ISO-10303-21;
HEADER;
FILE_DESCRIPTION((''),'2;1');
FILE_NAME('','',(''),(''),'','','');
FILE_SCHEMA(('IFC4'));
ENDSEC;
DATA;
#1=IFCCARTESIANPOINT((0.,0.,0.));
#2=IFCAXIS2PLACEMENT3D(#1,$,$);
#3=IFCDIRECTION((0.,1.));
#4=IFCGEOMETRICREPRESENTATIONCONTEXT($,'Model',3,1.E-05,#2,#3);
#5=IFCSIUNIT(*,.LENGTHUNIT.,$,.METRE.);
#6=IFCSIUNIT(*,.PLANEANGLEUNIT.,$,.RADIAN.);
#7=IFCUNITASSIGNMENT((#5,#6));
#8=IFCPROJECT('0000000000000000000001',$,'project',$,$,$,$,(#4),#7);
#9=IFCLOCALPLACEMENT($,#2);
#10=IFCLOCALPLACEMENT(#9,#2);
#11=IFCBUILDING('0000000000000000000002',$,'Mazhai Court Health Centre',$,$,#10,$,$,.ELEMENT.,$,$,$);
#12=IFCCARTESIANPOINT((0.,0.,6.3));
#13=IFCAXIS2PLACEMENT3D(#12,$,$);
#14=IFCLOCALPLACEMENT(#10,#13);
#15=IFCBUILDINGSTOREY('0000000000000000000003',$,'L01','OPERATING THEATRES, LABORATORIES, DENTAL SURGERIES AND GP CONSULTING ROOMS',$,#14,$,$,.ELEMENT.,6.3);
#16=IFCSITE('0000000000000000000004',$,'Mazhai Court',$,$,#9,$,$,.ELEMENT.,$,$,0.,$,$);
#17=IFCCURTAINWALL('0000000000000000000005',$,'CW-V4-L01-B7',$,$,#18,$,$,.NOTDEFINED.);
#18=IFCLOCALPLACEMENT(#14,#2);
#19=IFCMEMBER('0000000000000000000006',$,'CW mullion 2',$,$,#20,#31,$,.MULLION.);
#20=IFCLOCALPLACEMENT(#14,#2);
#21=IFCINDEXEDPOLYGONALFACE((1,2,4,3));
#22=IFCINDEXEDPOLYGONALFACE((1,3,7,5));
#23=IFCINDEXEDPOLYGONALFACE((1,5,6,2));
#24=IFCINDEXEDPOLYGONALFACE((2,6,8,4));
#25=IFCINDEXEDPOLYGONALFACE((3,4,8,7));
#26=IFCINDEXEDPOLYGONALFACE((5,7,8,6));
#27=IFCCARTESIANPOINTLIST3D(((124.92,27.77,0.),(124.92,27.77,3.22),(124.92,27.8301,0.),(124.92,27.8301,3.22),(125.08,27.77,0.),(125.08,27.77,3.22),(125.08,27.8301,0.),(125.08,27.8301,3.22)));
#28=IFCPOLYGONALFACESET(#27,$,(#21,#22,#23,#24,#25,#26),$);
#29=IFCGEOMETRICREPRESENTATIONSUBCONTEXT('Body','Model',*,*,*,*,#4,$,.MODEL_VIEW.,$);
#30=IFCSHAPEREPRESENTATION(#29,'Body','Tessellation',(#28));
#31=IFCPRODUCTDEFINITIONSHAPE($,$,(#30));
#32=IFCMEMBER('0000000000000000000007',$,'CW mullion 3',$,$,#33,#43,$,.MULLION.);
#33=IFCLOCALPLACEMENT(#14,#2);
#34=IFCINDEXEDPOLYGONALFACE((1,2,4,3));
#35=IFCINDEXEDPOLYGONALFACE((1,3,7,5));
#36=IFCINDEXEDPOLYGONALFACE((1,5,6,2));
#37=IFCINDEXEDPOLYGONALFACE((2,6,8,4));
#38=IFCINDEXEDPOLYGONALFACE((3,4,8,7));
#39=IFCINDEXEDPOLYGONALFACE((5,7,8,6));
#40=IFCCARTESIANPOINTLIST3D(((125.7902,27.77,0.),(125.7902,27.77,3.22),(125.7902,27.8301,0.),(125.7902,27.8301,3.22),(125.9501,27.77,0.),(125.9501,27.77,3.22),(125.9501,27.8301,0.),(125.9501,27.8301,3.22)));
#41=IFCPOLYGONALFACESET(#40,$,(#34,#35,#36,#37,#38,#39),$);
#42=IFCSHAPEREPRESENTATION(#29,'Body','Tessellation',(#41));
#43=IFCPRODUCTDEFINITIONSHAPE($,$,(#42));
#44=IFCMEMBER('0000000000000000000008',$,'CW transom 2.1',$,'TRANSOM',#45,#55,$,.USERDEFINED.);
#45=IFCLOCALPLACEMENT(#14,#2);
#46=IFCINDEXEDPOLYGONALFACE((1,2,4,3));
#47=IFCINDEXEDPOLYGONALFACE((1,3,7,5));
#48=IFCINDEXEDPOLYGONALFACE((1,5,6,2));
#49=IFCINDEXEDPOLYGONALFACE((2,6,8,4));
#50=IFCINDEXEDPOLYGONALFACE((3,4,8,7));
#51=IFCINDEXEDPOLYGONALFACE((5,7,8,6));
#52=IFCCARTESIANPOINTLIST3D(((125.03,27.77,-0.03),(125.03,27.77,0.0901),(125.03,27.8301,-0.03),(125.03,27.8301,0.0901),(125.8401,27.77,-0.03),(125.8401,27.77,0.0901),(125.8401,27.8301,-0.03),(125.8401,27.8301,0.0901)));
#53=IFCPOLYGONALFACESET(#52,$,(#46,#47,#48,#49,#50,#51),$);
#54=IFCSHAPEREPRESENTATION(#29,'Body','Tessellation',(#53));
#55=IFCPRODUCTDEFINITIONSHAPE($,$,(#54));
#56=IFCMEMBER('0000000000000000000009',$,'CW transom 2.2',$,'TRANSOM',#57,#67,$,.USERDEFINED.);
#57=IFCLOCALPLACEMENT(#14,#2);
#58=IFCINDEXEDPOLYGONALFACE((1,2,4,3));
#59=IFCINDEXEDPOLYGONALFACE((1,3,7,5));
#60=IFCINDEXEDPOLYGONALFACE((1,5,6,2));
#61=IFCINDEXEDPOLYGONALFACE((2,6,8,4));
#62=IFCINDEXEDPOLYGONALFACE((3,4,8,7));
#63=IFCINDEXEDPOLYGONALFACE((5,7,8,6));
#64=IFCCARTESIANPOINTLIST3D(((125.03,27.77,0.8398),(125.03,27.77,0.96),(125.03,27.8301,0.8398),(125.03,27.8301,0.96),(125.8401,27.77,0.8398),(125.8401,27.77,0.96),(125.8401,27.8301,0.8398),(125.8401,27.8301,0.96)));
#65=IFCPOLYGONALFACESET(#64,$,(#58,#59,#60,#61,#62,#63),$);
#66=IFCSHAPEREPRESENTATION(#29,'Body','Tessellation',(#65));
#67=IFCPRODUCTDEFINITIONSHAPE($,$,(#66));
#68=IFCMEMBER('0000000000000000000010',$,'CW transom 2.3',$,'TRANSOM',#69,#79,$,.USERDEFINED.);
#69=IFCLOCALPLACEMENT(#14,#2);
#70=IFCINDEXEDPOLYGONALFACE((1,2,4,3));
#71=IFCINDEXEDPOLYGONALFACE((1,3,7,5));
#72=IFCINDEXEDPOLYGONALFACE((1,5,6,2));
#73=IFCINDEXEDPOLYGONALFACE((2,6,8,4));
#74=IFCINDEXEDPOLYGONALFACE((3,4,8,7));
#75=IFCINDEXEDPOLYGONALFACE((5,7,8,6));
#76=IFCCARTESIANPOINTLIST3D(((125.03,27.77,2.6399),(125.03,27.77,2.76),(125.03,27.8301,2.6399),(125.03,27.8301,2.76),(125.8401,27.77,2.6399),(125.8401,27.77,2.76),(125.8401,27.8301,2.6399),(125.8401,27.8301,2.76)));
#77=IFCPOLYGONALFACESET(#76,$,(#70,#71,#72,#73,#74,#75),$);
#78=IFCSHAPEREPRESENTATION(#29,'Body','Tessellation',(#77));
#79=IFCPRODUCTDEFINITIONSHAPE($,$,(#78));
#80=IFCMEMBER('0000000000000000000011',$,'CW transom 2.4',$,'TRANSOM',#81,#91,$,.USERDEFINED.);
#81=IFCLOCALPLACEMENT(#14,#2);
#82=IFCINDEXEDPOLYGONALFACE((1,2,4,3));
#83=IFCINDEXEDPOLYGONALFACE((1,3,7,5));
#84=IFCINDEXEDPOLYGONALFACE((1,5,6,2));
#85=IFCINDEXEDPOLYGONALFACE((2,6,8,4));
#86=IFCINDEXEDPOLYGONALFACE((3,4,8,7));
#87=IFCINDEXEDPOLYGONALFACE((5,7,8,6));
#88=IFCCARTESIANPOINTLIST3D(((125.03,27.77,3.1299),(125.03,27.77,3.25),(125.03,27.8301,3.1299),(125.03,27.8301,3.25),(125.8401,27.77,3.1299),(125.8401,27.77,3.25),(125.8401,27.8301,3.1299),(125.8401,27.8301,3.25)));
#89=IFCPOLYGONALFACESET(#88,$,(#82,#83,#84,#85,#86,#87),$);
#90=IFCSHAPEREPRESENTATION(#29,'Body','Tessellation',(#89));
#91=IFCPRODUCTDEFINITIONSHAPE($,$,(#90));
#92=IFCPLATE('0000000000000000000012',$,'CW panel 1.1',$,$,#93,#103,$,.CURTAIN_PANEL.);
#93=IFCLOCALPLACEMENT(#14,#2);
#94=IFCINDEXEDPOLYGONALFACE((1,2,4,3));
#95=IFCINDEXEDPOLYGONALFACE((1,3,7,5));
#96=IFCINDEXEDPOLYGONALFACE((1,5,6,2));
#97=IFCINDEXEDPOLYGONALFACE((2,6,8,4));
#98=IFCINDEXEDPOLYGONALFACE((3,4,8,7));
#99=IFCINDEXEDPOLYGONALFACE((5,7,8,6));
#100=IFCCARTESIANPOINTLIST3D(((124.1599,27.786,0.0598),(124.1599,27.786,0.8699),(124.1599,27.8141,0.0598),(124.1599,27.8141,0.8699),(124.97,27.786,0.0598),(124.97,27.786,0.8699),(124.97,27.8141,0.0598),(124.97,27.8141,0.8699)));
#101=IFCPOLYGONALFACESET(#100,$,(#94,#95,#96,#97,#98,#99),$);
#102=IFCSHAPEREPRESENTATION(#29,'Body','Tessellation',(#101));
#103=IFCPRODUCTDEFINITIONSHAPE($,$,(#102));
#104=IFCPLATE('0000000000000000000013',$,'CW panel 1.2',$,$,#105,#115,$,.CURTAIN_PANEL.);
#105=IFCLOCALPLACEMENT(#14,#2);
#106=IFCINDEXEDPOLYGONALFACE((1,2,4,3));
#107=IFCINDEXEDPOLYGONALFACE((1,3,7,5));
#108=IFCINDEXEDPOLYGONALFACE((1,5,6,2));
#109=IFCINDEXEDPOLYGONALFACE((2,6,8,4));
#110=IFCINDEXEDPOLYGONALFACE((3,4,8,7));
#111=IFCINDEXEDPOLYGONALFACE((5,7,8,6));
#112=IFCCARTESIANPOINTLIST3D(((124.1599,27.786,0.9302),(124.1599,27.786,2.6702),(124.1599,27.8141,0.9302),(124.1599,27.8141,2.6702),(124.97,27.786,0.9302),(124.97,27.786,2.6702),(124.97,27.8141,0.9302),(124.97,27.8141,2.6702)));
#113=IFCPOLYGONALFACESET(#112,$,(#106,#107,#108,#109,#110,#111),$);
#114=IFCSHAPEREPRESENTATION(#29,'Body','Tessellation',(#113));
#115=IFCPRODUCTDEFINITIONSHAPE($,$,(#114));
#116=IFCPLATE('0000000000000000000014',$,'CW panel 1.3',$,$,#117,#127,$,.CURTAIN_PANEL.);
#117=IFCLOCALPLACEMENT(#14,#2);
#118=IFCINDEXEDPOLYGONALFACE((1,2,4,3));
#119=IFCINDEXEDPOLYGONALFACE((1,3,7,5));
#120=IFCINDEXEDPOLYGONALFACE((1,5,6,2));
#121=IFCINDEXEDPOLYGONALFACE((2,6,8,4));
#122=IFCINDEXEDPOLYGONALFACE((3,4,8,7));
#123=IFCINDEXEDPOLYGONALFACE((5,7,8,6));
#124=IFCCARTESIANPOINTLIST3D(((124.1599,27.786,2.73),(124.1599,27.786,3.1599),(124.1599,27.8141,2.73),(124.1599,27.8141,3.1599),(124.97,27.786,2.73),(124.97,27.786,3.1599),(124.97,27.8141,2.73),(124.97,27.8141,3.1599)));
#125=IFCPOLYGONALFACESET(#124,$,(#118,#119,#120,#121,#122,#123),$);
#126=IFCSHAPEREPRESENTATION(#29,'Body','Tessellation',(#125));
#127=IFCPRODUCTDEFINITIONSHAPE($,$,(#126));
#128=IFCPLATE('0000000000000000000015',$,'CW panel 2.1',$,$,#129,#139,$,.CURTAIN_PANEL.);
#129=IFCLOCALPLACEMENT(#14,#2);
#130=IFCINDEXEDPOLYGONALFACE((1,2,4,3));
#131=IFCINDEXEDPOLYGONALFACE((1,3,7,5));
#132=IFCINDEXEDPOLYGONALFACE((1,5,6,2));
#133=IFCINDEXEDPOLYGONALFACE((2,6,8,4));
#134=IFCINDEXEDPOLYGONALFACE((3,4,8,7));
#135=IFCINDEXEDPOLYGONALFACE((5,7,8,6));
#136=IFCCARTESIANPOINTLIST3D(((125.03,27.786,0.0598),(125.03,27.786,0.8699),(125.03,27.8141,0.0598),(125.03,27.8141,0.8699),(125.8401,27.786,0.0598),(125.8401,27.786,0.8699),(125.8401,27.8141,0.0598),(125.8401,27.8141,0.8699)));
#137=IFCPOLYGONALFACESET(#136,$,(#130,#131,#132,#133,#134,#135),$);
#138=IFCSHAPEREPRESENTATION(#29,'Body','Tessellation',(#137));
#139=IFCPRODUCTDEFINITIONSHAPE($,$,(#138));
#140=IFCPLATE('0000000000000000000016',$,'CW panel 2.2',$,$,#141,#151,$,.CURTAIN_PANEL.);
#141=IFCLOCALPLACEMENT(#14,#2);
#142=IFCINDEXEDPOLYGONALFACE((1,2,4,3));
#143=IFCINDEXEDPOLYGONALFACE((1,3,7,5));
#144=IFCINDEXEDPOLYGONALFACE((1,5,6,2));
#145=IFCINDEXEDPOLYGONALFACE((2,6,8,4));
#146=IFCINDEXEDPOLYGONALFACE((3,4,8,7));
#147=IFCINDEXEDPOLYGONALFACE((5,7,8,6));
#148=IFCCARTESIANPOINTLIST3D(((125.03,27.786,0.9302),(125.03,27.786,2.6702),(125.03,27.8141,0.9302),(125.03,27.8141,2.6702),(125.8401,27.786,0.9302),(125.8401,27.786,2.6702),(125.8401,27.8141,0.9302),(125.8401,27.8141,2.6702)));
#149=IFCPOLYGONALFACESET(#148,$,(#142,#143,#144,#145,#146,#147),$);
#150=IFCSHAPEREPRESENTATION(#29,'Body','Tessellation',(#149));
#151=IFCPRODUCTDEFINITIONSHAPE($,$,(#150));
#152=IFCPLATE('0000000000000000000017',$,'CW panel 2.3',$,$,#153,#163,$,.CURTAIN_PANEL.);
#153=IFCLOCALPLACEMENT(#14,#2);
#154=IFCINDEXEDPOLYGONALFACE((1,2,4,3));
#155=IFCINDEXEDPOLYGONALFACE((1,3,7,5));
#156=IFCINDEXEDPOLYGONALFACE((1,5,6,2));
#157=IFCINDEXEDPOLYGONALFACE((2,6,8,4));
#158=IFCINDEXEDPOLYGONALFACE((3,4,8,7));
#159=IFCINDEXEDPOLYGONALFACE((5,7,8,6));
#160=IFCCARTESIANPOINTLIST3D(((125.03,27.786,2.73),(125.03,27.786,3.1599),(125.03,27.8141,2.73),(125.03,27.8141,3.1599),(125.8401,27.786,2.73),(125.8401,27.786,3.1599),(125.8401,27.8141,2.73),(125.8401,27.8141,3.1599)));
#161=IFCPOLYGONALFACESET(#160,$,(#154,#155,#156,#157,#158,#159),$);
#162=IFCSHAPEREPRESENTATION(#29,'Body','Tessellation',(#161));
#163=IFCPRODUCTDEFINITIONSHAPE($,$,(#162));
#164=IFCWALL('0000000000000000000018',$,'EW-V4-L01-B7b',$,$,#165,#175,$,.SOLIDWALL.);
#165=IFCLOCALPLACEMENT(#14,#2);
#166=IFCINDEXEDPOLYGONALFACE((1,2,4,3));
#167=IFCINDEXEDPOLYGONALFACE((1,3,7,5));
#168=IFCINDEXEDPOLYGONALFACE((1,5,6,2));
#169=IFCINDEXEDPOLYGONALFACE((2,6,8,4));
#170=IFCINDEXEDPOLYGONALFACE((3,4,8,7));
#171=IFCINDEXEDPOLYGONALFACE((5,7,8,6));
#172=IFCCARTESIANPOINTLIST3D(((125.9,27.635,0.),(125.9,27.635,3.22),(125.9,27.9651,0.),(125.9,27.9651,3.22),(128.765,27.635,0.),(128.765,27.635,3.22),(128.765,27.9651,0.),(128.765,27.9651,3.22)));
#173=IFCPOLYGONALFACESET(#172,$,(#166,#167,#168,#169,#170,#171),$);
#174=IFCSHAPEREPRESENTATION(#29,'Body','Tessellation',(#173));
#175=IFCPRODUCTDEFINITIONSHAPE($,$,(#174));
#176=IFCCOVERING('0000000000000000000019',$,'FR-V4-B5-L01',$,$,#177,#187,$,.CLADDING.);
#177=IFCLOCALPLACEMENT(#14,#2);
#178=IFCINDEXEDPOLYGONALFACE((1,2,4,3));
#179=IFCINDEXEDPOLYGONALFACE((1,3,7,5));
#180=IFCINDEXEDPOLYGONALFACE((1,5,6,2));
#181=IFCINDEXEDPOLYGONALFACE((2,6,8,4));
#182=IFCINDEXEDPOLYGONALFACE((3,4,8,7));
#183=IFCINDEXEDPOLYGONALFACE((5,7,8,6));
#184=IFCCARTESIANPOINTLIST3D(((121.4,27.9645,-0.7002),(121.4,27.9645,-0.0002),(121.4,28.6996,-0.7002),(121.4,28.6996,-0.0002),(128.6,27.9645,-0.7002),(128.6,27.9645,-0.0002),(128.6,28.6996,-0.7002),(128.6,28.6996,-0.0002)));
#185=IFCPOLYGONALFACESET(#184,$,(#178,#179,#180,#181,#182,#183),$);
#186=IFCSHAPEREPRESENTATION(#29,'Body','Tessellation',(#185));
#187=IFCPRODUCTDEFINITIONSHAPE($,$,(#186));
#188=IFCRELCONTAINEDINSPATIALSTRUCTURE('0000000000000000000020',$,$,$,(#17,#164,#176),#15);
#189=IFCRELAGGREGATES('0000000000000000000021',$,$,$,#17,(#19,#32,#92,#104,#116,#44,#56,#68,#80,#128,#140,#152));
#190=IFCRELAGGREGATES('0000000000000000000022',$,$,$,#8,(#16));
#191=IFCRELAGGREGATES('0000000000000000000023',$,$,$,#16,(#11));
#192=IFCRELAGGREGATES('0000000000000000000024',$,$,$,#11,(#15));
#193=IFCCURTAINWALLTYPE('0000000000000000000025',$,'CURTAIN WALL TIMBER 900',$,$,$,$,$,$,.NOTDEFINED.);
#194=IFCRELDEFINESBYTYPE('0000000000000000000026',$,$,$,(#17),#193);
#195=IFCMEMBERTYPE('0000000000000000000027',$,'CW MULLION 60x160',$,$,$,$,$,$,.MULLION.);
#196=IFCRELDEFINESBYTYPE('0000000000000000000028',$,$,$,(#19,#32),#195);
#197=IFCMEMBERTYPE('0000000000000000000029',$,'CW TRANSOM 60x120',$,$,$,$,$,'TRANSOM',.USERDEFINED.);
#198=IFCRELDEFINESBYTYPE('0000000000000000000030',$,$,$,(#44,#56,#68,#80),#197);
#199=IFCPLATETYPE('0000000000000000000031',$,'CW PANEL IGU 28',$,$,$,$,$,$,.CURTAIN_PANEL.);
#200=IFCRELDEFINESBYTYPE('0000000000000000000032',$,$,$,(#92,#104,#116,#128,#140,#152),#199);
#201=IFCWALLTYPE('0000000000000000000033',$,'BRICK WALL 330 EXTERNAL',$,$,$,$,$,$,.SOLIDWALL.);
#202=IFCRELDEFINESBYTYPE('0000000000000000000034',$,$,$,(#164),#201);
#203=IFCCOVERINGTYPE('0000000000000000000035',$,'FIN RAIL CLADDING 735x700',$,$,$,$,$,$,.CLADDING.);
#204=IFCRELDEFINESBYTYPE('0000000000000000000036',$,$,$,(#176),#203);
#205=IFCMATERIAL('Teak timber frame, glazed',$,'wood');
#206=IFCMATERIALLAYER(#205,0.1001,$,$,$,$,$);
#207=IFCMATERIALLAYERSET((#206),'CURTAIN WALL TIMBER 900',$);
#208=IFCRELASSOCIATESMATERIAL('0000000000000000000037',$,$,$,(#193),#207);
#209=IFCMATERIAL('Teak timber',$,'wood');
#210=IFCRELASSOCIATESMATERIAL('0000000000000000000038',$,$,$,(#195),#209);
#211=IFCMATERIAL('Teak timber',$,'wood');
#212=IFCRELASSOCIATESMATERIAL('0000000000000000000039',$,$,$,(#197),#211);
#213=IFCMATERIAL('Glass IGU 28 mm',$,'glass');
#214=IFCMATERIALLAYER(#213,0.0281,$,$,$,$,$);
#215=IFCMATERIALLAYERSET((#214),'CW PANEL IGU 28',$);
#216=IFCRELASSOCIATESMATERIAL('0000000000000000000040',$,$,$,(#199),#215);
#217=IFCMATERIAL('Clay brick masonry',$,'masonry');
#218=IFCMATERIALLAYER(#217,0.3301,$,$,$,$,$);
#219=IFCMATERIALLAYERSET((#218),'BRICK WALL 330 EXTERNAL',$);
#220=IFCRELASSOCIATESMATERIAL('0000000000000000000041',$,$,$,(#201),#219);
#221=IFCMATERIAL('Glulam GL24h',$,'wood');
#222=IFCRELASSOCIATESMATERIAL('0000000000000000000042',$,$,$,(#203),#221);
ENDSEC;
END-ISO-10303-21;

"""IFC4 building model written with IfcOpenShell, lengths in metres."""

from ifc_helpers import new_model, si_unit, direction, frame, frame_2d, origin, origin_2d, place, context, subcontext, project, spatial, rectangle, extrude, material, layer, layer_set, material_profile, profile_set, type_object, element, aggregate, save


model = new_model("IFC4")

# Units and contexts
model_context = context("Model", 3, precision=1e-05, world=origin(), true_north=direction((0.0, 1.0)))
body_context = subcontext(model_context, "Body", "Model", "MODEL_VIEW")
ifc_project = project(units=[si_unit("LENGTHUNIT", "METRE"), si_unit("PLANEANGLEUNIT", "RADIAN")], contexts=[model_context])

# Site, building, storey
site_placement = place(None, origin())
site = spatial("IfcSite", under=ifc_project, at=site_placement, Name="Mazhai Court", CompositionType="ELEMENT", RefElevation=0.0)
building_placement = place(site_placement, origin())
building = spatial("IfcBuilding", under=site, at=building_placement, Name="Mazhai Court Health Centre", CompositionType="ELEMENT")
storey_placement = place(building_placement, frame((0.0, 0.0, 6.3)))
storey = spatial("IfcBuildingStorey", under=building, at=storey_placement, Name="L01", Description="OPERATING THEATRES, LABORATORIES, DENTAL SURGERIES AND GP CONSULTING ROOMS", CompositionType="ELEMENT", Elevation=6.3)

# Curtain wall, members, plates
ifc_material_1 = material(Name="Teak timber frame, glazed", Category="wood")
ifc_layer_1 = layer(ifc_material_1, 0.1001)
ifc_layer_set_1 = layer_set([ifc_layer_1], Name="CURTAIN WALL TIMBER 900")
curtain_wall_type = type_object("IfcCurtainWallType", Name="CURTAIN WALL TIMBER 900", PredefinedType="NOTDEFINED", material=ifc_layer_set_1)
curtain_wall_placement = place(storey_placement, origin())
curtain_wall = element("IfcCurtainWall", 1, at=curtain_wall_placement, inside=storey, type_object=curtain_wall_type, Name="CW-V4-L01-B7", PredefinedType="NOTDEFINED")
ifc_material_2 = material(Name="Teak timber", Category="wood")
ifc_material_profile_1 = material_profile(ifc_material_2, rectangle(XDim=0.0601, YDim=0.1599, at=origin_2d()), Name="CW MULLION 60x160")
ifc_profile_set_1 = profile_set([ifc_material_profile_1], Name="Teak timber")
member_type_1 = type_object("IfcMemberType", Name="CW MULLION 60x160", PredefinedType="MULLION", material=ifc_profile_set_1)
member_1_placement = place(storey_placement, frame((125.0, 27.8, 0.0), z_axis=(0.0, 0.0, 1.0), x_axis=(0.0, 1.0, 0.0)))
member_1 = element("IfcMember", 2, at=member_1_placement, type_object=member_type_1, Name="CW mullion 2", PredefinedType="MULLION", context=body_context, shape_type="SweptSolid", body=[
    extrude(rectangle(XDim=0.0601, YDim=0.1599, at=origin_2d()), origin(), (0.0, 0.0, 1.0), 3.22),
])
member_2_placement = place(storey_placement, frame((125.8701, 27.8, 0.0), z_axis=(0.0, 0.0, 1.0), x_axis=(0.0, 1.0, 0.0)))
member_2 = element("IfcMember", 3, at=member_2_placement, type_object=member_type_1, Name="CW mullion 3", PredefinedType="MULLION", context=body_context, shape_type="SweptSolid", body=[
    extrude(rectangle(XDim=0.0601, YDim=0.1599, at=origin_2d()), origin(), (0.0, 0.0, 1.0), 3.22),
])
ifc_material_3 = material(Name="Teak timber", Category="wood")
ifc_material_profile_2 = material_profile(ifc_material_3, rectangle(XDim=0.0601, YDim=0.1201, at=origin_2d()), Name="CW TRANSOM 60x120")
ifc_profile_set_2 = profile_set([ifc_material_profile_2], Name="Teak timber")
member_type_2 = type_object("IfcMemberType", Name="CW TRANSOM 60x120", ElementType="TRANSOM", PredefinedType="USERDEFINED", material=ifc_profile_set_2)
member_3_placement = place(storey_placement, frame((125.03, 27.8, 0.03), z_axis=(1.0, 0.0, 0.0), x_axis=(0.0, 1.0, 0.0)))
member_3 = element("IfcMember", 4, at=member_3_placement, type_object=member_type_2, Name="CW transom 2.1", ObjectType="TRANSOM", PredefinedType="USERDEFINED", context=body_context, shape_type="SweptSolid", body=[
    extrude(rectangle(XDim=0.0601, YDim=0.1201, at=origin_2d()), origin(), (0.0, 0.0, 1.0), 0.8101),
])
member_4_placement = place(storey_placement, frame((125.03, 27.8, 0.8999), z_axis=(1.0, 0.0, 0.0), x_axis=(0.0, 1.0, 0.0)))
member_4 = element("IfcMember", 5, at=member_4_placement, type_object=member_type_2, Name="CW transom 2.2", ObjectType="TRANSOM", PredefinedType="USERDEFINED", context=body_context, shape_type="SweptSolid", body=[
    extrude(rectangle(XDim=0.0601, YDim=0.1201, at=origin_2d()), origin(), (0.0, 0.0, 1.0), 0.8101),
])
member_5_placement = place(storey_placement, frame((125.03, 27.8, 2.7), z_axis=(1.0, 0.0, 0.0), x_axis=(0.0, 1.0, 0.0)))
member_5 = element("IfcMember", 6, at=member_5_placement, type_object=member_type_2, Name="CW transom 2.3", ObjectType="TRANSOM", PredefinedType="USERDEFINED", context=body_context, shape_type="SweptSolid", body=[
    extrude(rectangle(XDim=0.0601, YDim=0.1201, at=origin_2d()), origin(), (0.0, 0.0, 1.0), 0.8101),
])
member_6_placement = place(storey_placement, frame((125.03, 27.8, 3.1899), z_axis=(1.0, 0.0, 0.0), x_axis=(0.0, 1.0, 0.0)))
member_6 = element("IfcMember", 7, at=member_6_placement, type_object=member_type_2, Name="CW transom 2.4", ObjectType="TRANSOM", PredefinedType="USERDEFINED", context=body_context, shape_type="SweptSolid", body=[
    extrude(rectangle(XDim=0.0601, YDim=0.1201, at=origin_2d()), origin(), (0.0, 0.0, 1.0), 0.8101),
])
ifc_material_4 = material(Name="Glass IGU 28 mm", Category="glass")
ifc_layer_2 = layer(ifc_material_4, 0.0281)
ifc_layer_set_2 = layer_set([ifc_layer_2], Name="CW PANEL IGU 28")
plate_type = type_object("IfcPlateType", Name="CW PANEL IGU 28", PredefinedType="CURTAIN_PANEL", material=ifc_layer_set_2)
plate_1_placement = place(storey_placement, frame((124.5649, 27.8, 0.0598), z_axis=(0.0, 0.0, 1.0), x_axis=(1.0, 0.0, 0.0)))
plate_1 = element("IfcPlate", 8, at=plate_1_placement, type_object=plate_type, Name="CW panel 1.1", PredefinedType="CURTAIN_PANEL", context=body_context, shape_type="SweptSolid", body=[
    extrude(rectangle(XDim=0.8101, YDim=0.0281, at=origin_2d()), origin(), (0.0, 0.0, 1.0), 0.8101),
])
plate_2_placement = place(storey_placement, frame((124.5649, 27.8, 0.9302), z_axis=(0.0, 0.0, 1.0), x_axis=(1.0, 0.0, 0.0)))
plate_2 = element("IfcPlate", 9, at=plate_2_placement, type_object=plate_type, Name="CW panel 1.2", PredefinedType="CURTAIN_PANEL", context=body_context, shape_type="SweptSolid", body=[
    extrude(rectangle(XDim=0.8101, YDim=0.0281, at=origin_2d()), origin(), (0.0, 0.0, 1.0), 1.74),
])
plate_3_placement = place(storey_placement, frame((124.5649, 27.8, 2.73), z_axis=(0.0, 0.0, 1.0), x_axis=(1.0, 0.0, 0.0)))
plate_3 = element("IfcPlate", 10, at=plate_3_placement, type_object=plate_type, Name="CW panel 1.3", PredefinedType="CURTAIN_PANEL", context=body_context, shape_type="SweptSolid", body=[
    extrude(rectangle(XDim=0.8101, YDim=0.0281, at=origin_2d()), origin(), (0.0, 0.0, 1.0), 0.4299),
])
plate_4_placement = place(storey_placement, frame((125.4351, 27.8, 0.0598), z_axis=(0.0, 0.0, 1.0), x_axis=(1.0, 0.0, 0.0)))
plate_4 = element("IfcPlate", 11, at=plate_4_placement, type_object=plate_type, Name="CW panel 2.1", PredefinedType="CURTAIN_PANEL", context=body_context, shape_type="SweptSolid", body=[
    extrude(rectangle(XDim=0.8101, YDim=0.0281, at=origin_2d()), origin(), (0.0, 0.0, 1.0), 0.8101),
])
plate_5_placement = place(storey_placement, frame((125.4351, 27.8, 0.9302), z_axis=(0.0, 0.0, 1.0), x_axis=(1.0, 0.0, 0.0)))
plate_5 = element("IfcPlate", 12, at=plate_5_placement, type_object=plate_type, Name="CW panel 2.2", PredefinedType="CURTAIN_PANEL", context=body_context, shape_type="SweptSolid", body=[
    extrude(rectangle(XDim=0.8101, YDim=0.0281, at=origin_2d()), origin(), (0.0, 0.0, 1.0), 1.74),
])
plate_6_placement = place(storey_placement, frame((125.4351, 27.8, 2.73), z_axis=(0.0, 0.0, 1.0), x_axis=(1.0, 0.0, 0.0)))
plate_6 = element("IfcPlate", 13, at=plate_6_placement, type_object=plate_type, Name="CW panel 2.3", PredefinedType="CURTAIN_PANEL", context=body_context, shape_type="SweptSolid", body=[
    extrude(rectangle(XDim=0.8101, YDim=0.0281, at=origin_2d()), origin(), (0.0, 0.0, 1.0), 0.4299),
])
aggregate(curtain_wall, [member_1, member_2, plate_1, plate_2, plate_3, member_3, member_4, member_5, member_6, plate_4, plate_5, plate_6])

# Wall
ifc_material_5 = material(Name="Clay brick masonry", Category="masonry")
ifc_layer_3 = layer(ifc_material_5, 0.3301)
ifc_layer_set_3 = layer_set([ifc_layer_3], Name="BRICK WALL 330 EXTERNAL")
wall_type = type_object("IfcWallType", Name="BRICK WALL 330 EXTERNAL", PredefinedType="SOLIDWALL", material=ifc_layer_set_3)
wall_placement = place(storey_placement, frame((125.8999, 27.8, 0.0), z_axis=(0.0, 0.0, 1.0), x_axis=(1.0, 0.0, 0.0)))
element("IfcWall", 14, at=wall_placement, inside=storey, type_object=wall_type, Name="EW-V4-L01-B7b", PredefinedType="SOLIDWALL", context=body_context, shape_type="SweptSolid", body=[
    extrude(rectangle(XDim=2.865, YDim=0.3301, at=frame_2d((1.4326, 0.0))), origin(), (0.0, 0.0, 1.0), 3.22),
])

# Covering
ifc_material_6 = material(Name="Glulam GL24h", Category="wood")
covering_type_1 = type_object("IfcCoveringType", Name="FIN RAIL CLADDING 735x700", PredefinedType="CLADDING", material=ifc_material_6)
covering_placement = place(storey_placement, frame((125.0, 28.332, -0.7002), z_axis=(0.0, 0.0, 1.0), x_axis=(1.0, 0.0, 0.0)))
element("IfcCovering", 15, at=covering_placement, inside=storey, type_object=covering_type_1, Name="FR-V4-B5-L01", PredefinedType="CLADDING", context=body_context, shape_type="SweptSolid", body=[
    extrude(rectangle(XDim=7.2, YDim=0.7351, at=origin_2d()), origin(), (0.0, 0.0, 1.0), 0.7),
])

save(model, "model.ifc")
